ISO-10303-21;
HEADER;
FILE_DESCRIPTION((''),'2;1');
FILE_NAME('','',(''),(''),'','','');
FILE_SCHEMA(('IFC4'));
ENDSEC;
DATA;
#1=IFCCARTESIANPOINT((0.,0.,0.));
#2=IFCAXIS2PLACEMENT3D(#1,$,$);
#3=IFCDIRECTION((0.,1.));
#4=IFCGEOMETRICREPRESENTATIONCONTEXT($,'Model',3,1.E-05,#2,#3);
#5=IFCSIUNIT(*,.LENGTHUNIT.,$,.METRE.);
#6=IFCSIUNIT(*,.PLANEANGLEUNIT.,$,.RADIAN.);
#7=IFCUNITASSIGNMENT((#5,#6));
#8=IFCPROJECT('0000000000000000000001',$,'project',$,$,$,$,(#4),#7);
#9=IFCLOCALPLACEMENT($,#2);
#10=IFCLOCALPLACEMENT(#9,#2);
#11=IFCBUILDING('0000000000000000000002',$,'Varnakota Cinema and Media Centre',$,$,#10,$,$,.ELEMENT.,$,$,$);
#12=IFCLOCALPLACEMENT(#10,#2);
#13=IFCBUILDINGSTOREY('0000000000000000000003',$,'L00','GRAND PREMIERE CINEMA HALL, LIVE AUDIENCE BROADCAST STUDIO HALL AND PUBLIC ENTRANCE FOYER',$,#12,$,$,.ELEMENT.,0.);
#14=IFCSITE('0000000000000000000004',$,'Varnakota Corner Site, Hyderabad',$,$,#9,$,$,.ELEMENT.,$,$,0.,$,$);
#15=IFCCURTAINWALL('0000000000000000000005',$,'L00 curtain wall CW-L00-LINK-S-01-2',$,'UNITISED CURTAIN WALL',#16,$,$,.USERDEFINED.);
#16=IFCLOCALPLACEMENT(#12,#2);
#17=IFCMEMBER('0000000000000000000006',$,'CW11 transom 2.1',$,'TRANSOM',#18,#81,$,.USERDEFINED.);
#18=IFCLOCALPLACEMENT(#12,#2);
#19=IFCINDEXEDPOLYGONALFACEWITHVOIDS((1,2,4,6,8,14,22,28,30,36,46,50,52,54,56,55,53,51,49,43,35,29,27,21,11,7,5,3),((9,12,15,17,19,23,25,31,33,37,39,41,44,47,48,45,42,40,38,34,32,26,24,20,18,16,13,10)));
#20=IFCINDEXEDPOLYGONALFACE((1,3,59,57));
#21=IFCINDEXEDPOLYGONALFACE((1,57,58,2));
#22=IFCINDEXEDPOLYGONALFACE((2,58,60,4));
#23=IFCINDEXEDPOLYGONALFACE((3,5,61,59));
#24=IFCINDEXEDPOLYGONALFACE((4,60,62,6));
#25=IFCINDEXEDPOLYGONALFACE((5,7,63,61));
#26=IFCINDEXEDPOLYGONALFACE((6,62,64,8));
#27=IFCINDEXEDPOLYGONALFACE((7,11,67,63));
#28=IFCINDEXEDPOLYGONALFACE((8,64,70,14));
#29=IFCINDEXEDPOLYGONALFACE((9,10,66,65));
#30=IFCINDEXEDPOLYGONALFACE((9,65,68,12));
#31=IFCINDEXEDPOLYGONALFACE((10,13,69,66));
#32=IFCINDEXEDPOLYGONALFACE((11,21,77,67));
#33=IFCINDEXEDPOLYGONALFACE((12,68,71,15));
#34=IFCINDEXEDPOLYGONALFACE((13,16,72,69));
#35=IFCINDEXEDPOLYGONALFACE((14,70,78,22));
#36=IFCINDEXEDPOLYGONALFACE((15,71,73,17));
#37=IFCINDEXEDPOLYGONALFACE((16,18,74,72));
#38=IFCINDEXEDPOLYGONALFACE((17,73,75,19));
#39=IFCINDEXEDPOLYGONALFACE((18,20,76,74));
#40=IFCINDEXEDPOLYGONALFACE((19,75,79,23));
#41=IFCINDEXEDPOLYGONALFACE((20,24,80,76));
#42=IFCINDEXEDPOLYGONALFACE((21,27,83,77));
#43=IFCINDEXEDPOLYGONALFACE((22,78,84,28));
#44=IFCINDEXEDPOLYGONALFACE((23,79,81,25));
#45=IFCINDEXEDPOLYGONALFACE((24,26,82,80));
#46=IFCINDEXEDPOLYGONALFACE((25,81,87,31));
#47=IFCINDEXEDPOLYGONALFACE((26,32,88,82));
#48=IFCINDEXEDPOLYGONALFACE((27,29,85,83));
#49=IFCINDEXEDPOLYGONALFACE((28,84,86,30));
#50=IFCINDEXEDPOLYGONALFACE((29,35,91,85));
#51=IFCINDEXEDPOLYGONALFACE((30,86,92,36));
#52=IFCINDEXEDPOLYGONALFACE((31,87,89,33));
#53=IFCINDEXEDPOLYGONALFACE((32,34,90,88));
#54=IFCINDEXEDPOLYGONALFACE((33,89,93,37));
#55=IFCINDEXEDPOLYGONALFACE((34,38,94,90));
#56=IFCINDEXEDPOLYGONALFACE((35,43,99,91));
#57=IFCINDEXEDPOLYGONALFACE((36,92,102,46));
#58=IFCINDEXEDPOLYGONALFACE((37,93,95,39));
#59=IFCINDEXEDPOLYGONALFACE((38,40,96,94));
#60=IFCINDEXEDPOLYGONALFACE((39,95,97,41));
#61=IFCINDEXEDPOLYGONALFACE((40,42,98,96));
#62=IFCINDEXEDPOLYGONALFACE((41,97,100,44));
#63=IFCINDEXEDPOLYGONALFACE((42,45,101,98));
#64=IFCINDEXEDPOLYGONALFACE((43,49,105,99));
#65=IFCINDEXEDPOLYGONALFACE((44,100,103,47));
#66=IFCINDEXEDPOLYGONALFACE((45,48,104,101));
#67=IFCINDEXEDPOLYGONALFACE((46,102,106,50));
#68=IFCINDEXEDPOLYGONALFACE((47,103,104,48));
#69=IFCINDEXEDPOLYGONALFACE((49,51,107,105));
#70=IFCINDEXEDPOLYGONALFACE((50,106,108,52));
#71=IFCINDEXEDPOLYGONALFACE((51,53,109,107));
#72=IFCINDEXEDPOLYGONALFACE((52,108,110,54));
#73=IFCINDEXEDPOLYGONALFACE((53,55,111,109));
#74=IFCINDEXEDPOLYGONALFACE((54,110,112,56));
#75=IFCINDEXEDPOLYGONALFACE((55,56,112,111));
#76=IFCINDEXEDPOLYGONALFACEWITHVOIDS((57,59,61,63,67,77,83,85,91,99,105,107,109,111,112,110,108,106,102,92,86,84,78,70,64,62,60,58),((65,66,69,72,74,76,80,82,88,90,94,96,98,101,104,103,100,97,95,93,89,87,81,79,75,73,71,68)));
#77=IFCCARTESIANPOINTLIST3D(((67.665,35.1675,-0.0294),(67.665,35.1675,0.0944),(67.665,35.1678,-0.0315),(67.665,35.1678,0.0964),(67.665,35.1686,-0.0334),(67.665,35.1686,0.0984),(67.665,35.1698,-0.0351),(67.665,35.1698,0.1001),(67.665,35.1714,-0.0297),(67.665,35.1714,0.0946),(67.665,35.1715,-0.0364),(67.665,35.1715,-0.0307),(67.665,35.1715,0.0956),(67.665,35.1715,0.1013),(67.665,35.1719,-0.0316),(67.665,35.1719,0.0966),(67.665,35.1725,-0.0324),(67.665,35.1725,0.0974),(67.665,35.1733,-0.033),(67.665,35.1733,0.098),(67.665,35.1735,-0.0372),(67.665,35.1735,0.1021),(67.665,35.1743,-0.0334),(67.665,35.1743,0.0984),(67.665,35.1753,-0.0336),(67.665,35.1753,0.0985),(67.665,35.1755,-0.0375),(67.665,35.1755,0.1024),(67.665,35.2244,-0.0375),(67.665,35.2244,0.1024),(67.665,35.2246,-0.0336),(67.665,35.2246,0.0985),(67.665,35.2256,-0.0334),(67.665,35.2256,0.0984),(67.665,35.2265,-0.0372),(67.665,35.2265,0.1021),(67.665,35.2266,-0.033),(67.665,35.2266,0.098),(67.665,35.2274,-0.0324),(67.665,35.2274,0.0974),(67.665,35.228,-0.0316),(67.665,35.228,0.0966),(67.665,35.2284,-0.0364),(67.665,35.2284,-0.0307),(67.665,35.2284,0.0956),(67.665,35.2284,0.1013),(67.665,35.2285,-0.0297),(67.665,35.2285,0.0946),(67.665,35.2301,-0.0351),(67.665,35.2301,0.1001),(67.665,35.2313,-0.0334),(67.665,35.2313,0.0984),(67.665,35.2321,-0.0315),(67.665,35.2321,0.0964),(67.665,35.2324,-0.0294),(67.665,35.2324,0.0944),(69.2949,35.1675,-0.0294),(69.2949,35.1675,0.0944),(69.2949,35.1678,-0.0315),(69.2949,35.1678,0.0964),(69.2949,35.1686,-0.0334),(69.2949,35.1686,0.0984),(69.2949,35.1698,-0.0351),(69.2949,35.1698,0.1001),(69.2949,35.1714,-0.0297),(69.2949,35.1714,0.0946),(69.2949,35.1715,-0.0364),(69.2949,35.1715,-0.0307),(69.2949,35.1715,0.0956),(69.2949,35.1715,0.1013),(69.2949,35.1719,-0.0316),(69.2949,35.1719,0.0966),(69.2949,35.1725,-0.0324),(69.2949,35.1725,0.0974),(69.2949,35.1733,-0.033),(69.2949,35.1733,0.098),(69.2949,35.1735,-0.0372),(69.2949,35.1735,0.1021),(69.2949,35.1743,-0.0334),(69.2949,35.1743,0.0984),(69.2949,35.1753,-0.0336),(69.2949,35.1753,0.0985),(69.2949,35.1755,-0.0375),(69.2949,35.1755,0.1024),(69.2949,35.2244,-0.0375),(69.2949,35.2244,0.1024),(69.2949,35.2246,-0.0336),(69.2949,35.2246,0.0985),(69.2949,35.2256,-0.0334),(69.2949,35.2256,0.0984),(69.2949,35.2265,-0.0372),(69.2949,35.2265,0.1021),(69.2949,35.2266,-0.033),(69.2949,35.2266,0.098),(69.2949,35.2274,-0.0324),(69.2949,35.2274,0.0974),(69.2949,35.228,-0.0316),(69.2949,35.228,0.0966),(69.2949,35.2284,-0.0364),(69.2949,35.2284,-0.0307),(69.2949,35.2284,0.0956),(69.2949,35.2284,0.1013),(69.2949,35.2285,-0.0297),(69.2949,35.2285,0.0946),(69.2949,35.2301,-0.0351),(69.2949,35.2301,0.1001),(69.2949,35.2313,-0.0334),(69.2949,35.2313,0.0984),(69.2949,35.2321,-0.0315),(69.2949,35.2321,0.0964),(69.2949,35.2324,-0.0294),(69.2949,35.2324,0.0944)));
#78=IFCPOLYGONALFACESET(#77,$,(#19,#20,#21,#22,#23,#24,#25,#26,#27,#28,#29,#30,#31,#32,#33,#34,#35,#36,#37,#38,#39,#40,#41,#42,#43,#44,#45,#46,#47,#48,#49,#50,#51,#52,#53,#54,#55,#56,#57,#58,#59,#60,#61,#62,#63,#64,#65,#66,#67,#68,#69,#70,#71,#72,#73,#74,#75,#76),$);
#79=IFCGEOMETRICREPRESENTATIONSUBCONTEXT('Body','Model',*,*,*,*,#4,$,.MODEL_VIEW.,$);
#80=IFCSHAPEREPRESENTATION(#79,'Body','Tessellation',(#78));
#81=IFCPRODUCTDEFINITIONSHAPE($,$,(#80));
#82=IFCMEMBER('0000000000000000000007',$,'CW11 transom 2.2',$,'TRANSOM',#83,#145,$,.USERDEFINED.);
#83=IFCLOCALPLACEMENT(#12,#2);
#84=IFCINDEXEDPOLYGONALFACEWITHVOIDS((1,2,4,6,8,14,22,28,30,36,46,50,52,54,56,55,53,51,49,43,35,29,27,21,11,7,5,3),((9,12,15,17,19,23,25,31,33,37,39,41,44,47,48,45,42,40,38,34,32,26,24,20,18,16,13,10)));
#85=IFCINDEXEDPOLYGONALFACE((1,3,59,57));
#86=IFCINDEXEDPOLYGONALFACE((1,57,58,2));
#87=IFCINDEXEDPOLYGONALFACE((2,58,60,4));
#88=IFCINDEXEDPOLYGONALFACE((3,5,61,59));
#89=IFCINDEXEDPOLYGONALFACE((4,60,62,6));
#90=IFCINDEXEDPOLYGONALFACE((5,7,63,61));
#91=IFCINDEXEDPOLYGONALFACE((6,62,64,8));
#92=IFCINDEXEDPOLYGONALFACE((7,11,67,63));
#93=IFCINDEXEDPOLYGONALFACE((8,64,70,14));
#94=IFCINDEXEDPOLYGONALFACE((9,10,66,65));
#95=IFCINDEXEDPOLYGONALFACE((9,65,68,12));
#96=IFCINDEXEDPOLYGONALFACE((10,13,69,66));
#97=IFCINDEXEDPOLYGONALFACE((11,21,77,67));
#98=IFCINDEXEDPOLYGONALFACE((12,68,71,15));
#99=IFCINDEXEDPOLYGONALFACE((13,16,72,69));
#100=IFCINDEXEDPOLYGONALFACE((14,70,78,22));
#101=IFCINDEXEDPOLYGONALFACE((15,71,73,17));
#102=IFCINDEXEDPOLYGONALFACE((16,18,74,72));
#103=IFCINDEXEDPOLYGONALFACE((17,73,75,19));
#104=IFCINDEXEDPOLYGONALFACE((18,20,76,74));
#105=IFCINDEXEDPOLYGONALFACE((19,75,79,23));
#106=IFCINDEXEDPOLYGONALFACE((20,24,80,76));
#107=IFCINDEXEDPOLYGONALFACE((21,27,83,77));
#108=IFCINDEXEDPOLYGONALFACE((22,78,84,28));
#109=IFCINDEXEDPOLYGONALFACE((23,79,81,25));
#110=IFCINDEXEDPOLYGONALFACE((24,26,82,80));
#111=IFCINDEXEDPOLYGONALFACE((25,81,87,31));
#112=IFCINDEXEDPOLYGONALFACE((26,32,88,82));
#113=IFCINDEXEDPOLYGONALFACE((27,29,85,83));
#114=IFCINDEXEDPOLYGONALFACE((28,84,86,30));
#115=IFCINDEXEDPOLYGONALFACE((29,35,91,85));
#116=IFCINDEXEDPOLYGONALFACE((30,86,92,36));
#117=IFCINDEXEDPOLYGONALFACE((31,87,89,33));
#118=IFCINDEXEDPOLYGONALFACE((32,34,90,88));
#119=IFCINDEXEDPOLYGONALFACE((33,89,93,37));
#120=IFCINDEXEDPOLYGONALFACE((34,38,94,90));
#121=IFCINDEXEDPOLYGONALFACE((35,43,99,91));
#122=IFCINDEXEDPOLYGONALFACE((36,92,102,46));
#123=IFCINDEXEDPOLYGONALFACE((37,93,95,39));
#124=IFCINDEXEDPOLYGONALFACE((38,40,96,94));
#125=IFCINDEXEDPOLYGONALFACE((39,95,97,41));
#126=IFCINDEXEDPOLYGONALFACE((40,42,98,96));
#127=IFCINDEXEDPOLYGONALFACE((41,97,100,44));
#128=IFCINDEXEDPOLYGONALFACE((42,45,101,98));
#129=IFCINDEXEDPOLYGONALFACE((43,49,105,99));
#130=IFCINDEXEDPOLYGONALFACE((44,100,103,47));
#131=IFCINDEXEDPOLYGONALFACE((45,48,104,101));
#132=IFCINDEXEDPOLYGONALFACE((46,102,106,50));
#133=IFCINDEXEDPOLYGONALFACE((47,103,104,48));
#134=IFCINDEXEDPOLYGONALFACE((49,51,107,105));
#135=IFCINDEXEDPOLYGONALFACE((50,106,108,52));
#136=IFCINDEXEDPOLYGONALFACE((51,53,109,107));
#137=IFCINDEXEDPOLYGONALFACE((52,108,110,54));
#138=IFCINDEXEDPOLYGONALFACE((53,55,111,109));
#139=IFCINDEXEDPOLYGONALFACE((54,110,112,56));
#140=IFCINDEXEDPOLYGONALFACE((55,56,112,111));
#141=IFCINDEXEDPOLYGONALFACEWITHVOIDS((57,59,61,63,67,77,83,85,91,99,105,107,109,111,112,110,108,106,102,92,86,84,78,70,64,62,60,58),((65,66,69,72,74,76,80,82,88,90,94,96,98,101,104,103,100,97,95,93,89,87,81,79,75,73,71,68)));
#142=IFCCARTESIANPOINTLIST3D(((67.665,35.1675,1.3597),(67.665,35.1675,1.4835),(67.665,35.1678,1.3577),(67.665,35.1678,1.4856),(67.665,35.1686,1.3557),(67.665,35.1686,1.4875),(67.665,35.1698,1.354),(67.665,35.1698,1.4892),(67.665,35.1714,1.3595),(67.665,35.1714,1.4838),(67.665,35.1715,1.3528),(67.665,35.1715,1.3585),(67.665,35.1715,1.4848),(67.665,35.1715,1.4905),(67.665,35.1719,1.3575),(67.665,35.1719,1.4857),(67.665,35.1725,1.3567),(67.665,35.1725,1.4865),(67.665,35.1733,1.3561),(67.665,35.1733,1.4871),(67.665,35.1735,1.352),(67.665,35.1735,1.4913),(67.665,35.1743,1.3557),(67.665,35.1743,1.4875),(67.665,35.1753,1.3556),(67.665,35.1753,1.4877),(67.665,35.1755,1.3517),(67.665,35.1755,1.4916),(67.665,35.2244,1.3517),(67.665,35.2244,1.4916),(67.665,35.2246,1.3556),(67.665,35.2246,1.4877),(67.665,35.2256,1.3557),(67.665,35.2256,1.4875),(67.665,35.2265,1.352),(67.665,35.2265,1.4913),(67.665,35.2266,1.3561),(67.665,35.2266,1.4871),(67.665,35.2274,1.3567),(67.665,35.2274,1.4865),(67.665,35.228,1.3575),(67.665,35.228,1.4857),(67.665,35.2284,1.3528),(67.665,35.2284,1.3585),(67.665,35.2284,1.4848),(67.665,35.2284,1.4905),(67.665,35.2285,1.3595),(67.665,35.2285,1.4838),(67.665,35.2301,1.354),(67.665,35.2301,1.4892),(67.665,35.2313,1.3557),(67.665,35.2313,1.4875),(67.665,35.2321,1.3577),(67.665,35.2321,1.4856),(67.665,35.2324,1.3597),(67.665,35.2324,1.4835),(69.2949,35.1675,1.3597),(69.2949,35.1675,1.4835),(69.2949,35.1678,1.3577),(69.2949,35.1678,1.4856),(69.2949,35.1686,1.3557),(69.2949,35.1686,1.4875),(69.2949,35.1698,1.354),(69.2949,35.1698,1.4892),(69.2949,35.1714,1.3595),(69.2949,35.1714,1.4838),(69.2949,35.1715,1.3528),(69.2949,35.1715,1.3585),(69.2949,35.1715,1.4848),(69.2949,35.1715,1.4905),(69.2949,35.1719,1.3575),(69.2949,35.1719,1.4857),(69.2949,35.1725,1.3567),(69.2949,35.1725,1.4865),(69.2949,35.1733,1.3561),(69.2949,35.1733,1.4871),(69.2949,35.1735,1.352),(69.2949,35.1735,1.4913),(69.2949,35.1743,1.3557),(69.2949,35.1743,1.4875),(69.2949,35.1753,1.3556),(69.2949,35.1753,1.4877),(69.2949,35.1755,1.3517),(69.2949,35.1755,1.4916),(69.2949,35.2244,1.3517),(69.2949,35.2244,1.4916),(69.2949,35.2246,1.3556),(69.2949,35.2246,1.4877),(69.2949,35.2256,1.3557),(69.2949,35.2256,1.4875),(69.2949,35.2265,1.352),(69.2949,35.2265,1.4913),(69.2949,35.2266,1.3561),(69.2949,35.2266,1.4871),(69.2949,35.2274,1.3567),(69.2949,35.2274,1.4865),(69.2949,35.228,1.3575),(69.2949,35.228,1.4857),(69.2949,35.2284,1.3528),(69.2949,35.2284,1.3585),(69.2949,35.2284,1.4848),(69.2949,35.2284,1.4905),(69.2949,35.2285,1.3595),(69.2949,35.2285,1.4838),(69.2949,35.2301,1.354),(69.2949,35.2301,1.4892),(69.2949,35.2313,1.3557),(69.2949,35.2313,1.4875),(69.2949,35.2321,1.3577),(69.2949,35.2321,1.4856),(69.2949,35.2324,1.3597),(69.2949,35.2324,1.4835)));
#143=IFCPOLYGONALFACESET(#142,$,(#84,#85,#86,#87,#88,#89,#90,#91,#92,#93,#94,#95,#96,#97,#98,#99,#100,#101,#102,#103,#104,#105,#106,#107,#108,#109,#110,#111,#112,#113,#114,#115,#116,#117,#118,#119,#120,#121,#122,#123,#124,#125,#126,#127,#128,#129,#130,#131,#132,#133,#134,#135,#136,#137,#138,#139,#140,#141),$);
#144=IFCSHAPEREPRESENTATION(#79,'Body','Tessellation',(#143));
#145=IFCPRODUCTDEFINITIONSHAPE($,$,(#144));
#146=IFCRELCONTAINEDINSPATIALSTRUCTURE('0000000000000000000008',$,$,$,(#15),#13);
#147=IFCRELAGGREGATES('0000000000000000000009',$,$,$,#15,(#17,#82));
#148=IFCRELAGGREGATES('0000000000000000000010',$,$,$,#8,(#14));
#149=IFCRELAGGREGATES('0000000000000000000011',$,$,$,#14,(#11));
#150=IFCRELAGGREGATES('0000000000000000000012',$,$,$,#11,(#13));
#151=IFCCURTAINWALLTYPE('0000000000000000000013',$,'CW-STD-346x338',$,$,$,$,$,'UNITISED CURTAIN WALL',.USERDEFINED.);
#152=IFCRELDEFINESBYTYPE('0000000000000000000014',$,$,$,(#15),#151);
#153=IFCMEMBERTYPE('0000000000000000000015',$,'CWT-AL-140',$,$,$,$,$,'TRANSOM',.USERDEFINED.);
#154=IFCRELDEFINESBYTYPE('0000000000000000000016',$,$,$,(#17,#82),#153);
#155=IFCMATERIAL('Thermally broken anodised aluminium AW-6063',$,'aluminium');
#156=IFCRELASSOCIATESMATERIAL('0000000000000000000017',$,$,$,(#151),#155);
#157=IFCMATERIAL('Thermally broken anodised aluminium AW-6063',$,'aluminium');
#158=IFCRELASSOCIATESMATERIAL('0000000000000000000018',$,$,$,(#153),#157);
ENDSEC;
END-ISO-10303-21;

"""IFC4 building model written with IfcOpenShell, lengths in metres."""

from ifc_helpers import new_model, si_unit, direction, frame, origin, origin_2d, place, context, subcontext, project, spatial, hollow_rectangle, extrude, material, material_profile, profile_set, type_object, element, aggregate, save


model = new_model("IFC4")

# Units and contexts
model_context = context("Model", 3, precision=1e-05, world=origin(), true_north=direction((0.0, 1.0)))
body_context = subcontext(model_context, "Body", "Model", "MODEL_VIEW")
ifc_project = project(units=[si_unit("LENGTHUNIT", "METRE"), si_unit("PLANEANGLEUNIT", "RADIAN")], contexts=[model_context])

# Site, building, storey
site_placement = place(None, origin())
site = spatial("IfcSite", under=ifc_project, at=site_placement, Name="Varnakota Corner Site, Hyderabad", CompositionType="ELEMENT", RefElevation=0.0)
building_placement = place(site_placement, origin())
building = spatial("IfcBuilding", under=site, at=building_placement, Name="Varnakota Cinema and Media Centre", CompositionType="ELEMENT")
storey_placement = place(building_placement, origin())
storey = spatial("IfcBuildingStorey", under=building, at=storey_placement, Name="L00", Description="GRAND PREMIERE CINEMA HALL, LIVE AUDIENCE BROADCAST STUDIO HALL AND PUBLIC ENTRANCE FOYER", CompositionType="ELEMENT", Elevation=0.0)

# Curtain wall
ifc_material_1 = material(Name="Thermally broken anodised aluminium AW-6063", Category="aluminium")
curtain_wall_type_1 = type_object("IfcCurtainWallType", Name="CW-STD-346x338", ElementType="UNITISED CURTAIN WALL", PredefinedType="USERDEFINED", material=ifc_material_1)
curtain_wall_1_placement = place(storey_placement, origin())
curtain_wall_1 = element("IfcCurtainWall", 1, at=curtain_wall_1_placement, inside=storey, type_object=curtain_wall_type_1, Name="L00 curtain wall CW-L00-LINK-S-01-2", ObjectType="UNITISED CURTAIN WALL", PredefinedType="USERDEFINED")

# Members
ifc_material_2 = material(Name="Thermally broken anodised aluminium AW-6063", Category="aluminium")
ifc_material_profile_1 = material_profile(ifc_material_2, hollow_rectangle(XDim=0.0649, YDim=0.1399, WallThickness=0.0039, InnerFilletRadius=0.0039, OuterFilletRadius=0.0081, at=origin_2d()), Name="AL-TRANSOM 140x65x4")
ifc_profile_set_1 = profile_set([ifc_material_profile_1], Name="Thermally broken anodised aluminium AW-6063")
member_type_1 = type_object("IfcMemberType", Name="CWT-AL-140", ElementType="TRANSOM", PredefinedType="USERDEFINED", material=ifc_profile_set_1)
member_1_placement = place(storey_placement, frame((69.2949, 35.2, 0.0325), z_axis=(-1.0, 0.0, 0.0), x_axis=(0.0, -1.0, 0.0)))
member_1 = element("IfcMember", 2, at=member_1_placement, type_object=member_type_1, Name="CW11 transom 2.1", ObjectType="TRANSOM", PredefinedType="USERDEFINED", context=body_context, shape_type="SweptSolid", body=[
    extrude(hollow_rectangle(XDim=0.0649, YDim=0.1399, WallThickness=0.0039, InnerFilletRadius=0.0039, OuterFilletRadius=0.0081, at=origin_2d()), origin(), (0.0, 0.0, 1.0), 1.6299),
])
member_2_placement = place(storey_placement, frame((69.2949, 35.2, 1.4216), z_axis=(-1.0, 0.0, 0.0), x_axis=(0.0, -1.0, 0.0)))
member_2 = element("IfcMember", 3, at=member_2_placement, type_object=member_type_1, Name="CW11 transom 2.2", ObjectType="TRANSOM", PredefinedType="USERDEFINED", context=body_context, shape_type="SweptSolid", body=[
    extrude(hollow_rectangle(XDim=0.0649, YDim=0.1399, WallThickness=0.0039, InnerFilletRadius=0.0039, OuterFilletRadius=0.0081, at=origin_2d()), origin(), (0.0, 0.0, 1.0), 1.6299),
])

aggregate(curtain_wall_1, [member_1, member_2])

save(model, "model.ifc")
